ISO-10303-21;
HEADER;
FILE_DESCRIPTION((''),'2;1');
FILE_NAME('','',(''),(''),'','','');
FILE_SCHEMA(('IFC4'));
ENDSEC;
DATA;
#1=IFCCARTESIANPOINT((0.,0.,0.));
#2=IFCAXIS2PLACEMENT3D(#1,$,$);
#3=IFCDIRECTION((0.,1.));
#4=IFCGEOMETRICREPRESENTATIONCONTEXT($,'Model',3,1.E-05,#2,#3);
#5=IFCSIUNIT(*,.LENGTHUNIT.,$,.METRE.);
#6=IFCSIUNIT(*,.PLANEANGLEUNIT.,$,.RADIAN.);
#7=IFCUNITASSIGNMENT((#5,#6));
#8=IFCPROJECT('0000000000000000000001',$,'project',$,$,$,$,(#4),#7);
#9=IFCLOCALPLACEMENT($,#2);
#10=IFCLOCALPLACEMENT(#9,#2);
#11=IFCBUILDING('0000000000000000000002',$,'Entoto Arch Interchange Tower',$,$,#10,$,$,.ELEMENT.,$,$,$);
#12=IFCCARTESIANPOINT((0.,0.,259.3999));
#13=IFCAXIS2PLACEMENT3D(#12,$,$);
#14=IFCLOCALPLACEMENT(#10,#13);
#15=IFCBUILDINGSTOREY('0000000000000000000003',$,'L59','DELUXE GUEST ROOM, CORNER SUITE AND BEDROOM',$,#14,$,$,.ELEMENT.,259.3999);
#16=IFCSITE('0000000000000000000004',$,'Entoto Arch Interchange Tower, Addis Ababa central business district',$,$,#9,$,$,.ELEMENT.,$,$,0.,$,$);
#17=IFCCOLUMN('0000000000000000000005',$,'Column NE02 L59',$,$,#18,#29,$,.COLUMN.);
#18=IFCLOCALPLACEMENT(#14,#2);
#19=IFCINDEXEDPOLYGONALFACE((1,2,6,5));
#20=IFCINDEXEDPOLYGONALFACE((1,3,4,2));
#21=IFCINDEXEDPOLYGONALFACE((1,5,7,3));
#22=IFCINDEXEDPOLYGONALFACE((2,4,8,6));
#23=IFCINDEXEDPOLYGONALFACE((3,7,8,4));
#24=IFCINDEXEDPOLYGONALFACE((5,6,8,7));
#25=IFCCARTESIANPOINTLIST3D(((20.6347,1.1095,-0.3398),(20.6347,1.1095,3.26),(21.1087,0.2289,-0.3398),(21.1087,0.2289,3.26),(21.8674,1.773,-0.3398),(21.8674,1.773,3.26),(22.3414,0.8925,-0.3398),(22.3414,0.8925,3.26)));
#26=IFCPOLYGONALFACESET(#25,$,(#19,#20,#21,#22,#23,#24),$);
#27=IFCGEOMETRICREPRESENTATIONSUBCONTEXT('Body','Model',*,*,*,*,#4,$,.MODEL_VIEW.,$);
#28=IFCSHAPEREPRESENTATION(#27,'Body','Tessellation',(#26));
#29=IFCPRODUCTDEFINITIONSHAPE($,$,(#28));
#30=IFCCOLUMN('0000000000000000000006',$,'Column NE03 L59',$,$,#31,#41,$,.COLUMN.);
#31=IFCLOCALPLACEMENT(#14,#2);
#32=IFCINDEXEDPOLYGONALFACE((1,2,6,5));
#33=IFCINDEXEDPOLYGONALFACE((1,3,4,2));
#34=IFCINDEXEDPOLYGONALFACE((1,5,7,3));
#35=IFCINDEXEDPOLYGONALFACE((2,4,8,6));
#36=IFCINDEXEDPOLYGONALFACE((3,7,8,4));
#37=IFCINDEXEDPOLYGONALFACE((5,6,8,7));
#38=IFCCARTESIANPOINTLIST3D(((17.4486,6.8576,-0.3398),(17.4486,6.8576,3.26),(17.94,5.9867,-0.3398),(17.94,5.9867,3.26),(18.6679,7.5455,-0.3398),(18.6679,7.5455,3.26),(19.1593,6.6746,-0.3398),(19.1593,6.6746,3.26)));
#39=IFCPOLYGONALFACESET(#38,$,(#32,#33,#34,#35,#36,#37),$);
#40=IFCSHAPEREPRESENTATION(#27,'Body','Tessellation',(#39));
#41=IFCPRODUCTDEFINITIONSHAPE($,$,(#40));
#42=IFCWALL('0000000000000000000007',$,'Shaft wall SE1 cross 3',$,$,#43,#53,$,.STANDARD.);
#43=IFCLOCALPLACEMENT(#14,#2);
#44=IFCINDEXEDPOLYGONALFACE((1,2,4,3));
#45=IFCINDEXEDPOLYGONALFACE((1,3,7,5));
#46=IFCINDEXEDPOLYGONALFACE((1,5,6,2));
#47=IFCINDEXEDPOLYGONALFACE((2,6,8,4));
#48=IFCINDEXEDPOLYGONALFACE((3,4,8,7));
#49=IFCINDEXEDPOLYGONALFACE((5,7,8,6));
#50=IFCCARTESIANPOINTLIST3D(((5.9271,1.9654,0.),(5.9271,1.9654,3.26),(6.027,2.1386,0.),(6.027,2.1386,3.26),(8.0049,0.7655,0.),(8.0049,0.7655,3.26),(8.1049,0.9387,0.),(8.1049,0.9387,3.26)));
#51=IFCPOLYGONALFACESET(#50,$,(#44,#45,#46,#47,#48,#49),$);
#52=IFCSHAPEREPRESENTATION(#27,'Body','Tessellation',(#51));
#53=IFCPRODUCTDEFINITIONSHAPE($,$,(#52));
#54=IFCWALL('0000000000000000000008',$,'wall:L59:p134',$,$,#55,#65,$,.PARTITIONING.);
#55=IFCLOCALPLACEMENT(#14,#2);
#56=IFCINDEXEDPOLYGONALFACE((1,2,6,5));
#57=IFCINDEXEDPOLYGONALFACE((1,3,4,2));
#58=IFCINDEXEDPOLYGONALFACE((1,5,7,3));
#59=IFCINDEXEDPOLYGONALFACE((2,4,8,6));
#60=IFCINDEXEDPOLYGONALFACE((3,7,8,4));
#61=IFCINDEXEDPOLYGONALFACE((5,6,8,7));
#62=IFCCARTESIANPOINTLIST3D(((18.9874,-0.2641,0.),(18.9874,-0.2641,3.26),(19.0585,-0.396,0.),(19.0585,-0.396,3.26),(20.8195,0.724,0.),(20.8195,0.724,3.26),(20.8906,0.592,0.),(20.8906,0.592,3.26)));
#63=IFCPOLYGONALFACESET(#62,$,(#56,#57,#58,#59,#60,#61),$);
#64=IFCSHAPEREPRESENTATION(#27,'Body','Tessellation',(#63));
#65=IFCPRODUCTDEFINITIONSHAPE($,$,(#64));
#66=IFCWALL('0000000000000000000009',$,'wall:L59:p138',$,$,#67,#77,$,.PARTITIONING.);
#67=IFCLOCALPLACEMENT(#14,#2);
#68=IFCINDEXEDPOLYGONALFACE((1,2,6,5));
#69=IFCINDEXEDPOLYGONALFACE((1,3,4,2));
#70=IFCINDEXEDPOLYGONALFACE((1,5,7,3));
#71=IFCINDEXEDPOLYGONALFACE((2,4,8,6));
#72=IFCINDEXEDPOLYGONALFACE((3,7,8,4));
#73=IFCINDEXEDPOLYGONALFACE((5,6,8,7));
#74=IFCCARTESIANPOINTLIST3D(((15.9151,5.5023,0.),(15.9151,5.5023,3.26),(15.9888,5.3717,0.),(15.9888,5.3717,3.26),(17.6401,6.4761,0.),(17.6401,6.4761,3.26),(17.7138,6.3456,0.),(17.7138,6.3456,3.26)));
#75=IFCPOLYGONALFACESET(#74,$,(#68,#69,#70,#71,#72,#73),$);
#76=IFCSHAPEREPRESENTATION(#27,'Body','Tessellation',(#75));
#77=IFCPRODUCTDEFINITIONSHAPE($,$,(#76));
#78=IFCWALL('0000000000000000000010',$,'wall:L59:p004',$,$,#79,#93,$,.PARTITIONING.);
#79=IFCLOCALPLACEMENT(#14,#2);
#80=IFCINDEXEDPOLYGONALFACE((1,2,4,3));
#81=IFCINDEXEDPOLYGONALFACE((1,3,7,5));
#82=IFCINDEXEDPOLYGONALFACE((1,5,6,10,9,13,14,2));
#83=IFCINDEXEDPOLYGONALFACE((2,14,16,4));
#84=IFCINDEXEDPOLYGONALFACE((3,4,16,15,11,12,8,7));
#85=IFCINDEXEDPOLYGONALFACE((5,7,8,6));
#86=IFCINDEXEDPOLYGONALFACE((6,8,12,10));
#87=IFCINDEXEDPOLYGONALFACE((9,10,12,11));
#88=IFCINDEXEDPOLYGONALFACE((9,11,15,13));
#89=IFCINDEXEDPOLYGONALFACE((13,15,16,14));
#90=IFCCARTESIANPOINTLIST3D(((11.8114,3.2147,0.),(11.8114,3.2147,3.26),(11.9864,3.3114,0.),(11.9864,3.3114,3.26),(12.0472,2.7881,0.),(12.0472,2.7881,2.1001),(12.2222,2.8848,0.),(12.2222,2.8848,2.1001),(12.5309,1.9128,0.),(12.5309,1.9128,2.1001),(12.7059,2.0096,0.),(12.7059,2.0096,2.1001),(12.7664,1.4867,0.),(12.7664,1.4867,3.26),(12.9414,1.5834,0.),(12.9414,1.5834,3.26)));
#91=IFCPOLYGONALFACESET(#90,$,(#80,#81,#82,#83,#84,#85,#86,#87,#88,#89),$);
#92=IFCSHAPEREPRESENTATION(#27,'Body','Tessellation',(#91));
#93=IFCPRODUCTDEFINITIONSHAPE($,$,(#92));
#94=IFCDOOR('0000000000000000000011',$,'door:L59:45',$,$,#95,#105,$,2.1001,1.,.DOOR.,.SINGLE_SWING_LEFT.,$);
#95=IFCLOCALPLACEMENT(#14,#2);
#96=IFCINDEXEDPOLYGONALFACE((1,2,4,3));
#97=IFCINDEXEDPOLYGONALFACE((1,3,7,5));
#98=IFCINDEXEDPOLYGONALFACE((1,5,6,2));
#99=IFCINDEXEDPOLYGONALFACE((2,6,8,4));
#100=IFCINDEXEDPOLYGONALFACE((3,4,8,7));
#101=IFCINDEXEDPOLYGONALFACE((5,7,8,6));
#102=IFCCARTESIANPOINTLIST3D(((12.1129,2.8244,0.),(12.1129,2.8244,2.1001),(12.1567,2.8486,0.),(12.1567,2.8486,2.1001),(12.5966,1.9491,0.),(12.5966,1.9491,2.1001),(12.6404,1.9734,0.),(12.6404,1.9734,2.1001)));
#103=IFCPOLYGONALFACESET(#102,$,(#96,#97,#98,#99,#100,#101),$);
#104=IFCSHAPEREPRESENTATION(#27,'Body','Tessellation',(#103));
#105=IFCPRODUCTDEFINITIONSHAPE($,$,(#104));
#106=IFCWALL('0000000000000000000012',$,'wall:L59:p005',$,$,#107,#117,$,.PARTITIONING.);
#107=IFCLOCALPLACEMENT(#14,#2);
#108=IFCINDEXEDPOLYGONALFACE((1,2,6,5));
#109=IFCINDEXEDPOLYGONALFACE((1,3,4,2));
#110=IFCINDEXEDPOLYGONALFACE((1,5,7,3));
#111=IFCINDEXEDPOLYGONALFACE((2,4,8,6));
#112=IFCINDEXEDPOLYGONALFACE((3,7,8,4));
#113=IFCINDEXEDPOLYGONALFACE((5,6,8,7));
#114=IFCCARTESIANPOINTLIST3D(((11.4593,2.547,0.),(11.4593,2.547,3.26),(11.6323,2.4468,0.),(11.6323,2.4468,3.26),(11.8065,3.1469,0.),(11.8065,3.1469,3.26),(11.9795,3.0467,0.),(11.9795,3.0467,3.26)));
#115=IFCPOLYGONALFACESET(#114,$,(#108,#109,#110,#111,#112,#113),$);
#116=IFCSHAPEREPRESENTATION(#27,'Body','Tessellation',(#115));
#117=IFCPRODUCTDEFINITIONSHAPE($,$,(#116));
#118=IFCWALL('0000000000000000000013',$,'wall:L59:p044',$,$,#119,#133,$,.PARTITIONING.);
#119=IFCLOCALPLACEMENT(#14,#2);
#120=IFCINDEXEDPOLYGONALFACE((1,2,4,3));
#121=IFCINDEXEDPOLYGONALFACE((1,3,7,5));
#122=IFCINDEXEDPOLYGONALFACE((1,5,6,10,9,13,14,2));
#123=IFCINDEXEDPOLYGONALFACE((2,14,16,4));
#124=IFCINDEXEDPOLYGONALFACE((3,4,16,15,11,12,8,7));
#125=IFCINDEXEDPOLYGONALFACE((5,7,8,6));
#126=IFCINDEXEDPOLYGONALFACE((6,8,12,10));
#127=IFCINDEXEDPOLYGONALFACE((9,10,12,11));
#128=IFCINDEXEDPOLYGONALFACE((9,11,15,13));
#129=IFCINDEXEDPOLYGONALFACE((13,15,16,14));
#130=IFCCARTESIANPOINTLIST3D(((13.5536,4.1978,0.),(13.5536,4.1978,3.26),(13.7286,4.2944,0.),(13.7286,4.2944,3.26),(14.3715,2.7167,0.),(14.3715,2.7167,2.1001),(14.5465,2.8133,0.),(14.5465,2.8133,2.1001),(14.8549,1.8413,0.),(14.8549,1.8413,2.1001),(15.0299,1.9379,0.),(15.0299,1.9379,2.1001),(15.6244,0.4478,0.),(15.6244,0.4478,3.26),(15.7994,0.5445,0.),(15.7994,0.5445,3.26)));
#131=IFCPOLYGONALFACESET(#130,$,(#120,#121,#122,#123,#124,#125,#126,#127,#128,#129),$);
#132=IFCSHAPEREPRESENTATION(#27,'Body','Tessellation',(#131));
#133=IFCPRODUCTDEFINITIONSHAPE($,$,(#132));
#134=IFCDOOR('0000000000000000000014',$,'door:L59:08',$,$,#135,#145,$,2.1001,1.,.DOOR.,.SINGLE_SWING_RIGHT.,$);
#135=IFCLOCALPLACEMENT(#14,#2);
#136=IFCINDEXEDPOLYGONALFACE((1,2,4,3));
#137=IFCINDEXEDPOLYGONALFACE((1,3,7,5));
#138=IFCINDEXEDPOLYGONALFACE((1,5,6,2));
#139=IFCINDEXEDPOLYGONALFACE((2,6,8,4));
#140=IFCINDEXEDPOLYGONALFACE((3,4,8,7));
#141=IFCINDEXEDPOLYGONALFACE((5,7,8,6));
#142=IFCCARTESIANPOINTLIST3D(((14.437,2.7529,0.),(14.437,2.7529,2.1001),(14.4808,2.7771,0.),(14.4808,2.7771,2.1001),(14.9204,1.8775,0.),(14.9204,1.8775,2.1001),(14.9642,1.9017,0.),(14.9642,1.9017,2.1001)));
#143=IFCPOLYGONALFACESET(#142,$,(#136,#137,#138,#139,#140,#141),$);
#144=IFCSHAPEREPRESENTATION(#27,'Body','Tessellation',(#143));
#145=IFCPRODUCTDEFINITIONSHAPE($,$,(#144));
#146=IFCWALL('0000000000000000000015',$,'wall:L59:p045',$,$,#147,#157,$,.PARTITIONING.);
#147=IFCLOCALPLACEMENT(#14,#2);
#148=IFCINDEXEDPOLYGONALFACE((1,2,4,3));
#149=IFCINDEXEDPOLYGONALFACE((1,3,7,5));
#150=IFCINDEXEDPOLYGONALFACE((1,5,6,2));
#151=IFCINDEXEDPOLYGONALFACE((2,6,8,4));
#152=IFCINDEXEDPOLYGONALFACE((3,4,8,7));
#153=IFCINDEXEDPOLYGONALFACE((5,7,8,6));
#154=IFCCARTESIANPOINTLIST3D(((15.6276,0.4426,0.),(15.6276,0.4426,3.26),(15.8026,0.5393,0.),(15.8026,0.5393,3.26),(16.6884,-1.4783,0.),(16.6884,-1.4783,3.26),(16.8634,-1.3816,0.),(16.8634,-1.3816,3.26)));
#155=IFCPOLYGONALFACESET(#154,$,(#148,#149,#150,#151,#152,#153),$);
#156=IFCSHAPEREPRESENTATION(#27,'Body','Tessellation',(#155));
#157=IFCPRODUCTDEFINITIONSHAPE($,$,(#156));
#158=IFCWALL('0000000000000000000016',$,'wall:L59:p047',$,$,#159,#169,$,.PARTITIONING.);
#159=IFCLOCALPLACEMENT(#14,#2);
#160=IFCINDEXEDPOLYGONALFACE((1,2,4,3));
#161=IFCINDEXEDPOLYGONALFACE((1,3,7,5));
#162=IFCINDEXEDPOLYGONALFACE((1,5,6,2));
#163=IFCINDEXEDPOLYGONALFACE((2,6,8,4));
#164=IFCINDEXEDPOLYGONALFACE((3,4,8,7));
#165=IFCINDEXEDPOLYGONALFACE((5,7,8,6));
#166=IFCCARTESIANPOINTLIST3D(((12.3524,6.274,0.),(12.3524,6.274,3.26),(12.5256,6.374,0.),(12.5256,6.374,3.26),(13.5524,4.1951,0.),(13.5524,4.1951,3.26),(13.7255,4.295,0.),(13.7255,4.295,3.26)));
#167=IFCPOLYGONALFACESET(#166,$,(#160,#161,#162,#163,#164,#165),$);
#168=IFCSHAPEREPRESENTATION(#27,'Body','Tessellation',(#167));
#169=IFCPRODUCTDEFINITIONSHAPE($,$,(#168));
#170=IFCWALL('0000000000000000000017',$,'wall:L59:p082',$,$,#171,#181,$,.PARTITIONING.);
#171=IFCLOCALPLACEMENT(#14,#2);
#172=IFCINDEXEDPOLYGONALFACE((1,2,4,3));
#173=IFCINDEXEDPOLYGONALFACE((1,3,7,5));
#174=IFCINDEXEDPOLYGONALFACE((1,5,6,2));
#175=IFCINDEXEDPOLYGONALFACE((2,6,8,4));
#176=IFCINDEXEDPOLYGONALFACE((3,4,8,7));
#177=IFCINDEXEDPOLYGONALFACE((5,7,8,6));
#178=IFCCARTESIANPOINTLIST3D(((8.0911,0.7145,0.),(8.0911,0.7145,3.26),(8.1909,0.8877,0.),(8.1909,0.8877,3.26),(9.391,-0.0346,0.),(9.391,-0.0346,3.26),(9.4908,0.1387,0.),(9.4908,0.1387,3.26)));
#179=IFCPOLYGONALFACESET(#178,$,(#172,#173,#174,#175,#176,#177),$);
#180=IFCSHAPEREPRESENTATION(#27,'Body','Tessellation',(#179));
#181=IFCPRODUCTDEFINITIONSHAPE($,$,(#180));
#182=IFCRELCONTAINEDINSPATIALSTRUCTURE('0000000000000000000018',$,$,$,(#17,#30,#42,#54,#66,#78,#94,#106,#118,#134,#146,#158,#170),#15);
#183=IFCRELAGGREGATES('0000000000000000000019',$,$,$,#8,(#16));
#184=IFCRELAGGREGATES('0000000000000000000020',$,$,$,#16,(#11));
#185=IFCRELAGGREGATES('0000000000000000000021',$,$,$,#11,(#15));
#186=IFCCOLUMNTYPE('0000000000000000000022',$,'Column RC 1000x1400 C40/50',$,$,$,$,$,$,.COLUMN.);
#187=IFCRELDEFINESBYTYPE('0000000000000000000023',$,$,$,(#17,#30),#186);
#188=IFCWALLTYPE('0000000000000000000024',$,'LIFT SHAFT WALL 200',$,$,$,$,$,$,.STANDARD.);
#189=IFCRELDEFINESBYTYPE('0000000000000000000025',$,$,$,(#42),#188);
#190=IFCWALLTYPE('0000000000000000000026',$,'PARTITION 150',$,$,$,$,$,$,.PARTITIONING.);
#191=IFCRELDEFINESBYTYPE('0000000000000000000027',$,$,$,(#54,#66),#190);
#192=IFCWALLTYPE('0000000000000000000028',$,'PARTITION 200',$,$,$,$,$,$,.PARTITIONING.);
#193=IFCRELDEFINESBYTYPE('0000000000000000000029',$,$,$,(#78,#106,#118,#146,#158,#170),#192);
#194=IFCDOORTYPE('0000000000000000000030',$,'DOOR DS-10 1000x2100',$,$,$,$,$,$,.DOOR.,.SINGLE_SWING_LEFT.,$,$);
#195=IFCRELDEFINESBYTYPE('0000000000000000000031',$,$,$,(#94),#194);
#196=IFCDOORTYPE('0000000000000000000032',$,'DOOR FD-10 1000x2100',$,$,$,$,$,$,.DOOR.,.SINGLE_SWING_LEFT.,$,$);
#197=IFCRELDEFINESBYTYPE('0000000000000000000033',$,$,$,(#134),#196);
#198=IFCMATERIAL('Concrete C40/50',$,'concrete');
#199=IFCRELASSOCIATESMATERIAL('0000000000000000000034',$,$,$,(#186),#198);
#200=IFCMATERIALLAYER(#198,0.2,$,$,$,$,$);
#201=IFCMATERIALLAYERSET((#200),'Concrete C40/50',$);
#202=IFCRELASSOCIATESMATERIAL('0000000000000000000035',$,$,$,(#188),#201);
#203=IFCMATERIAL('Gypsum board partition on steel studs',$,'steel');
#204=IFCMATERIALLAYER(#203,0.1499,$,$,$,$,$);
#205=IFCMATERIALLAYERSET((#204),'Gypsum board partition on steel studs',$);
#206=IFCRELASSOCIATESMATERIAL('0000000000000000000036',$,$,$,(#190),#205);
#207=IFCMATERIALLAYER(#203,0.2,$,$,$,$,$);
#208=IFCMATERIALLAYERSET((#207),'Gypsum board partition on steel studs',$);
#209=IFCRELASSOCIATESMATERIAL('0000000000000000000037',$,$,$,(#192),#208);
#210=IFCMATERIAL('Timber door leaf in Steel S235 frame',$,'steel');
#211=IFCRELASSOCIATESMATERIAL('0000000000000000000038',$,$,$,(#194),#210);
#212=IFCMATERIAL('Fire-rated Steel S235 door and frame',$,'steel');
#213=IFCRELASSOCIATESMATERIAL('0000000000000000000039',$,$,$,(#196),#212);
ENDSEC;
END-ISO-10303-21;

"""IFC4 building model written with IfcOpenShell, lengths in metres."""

from ifc_helpers import new_model, si_unit, direction, frame, frame_2d, origin, origin_2d, place, context, subcontext, project, spatial, rectangle, extrude, material, layer, layer_set, material_profile, profile_set, type_object, element, fill, save


model = new_model("IFC4")

# Units and contexts
model_context = context("Model", 3, precision=1e-05, world=origin(), true_north=direction((0.0, 1.0)))
body_context = subcontext(model_context, "Body", "Model", "MODEL_VIEW")
ifc_project = project(units=[si_unit("LENGTHUNIT", "METRE"), si_unit("PLANEANGLEUNIT", "RADIAN")], contexts=[model_context])

# Site, building, storey
site_placement = place(None, origin())
site = spatial("IfcSite", under=ifc_project, at=site_placement, Name="Entoto Arch Interchange Tower, Addis Ababa central business district", CompositionType="ELEMENT", RefElevation=0.0)
building_placement = place(site_placement, origin())
building = spatial("IfcBuilding", under=site, at=building_placement, Name="Entoto Arch Interchange Tower", CompositionType="ELEMENT")
storey_placement = place(building_placement, frame((0.0, 0.0, 259.3999)))
storey = spatial("IfcBuildingStorey", under=building, at=storey_placement, Name="L59", Description="DELUXE GUEST ROOM, CORNER SUITE AND BEDROOM", CompositionType="ELEMENT", Elevation=259.3999)

# Columns
ifc_material_1 = material(Name="Concrete C40/50", Category="concrete")
ifc_material_profile = material_profile(ifc_material_1, rectangle(XDim=1.0, YDim=1.3999, at=origin_2d()))
ifc_profile_set = profile_set([ifc_material_profile], Name="Concrete C40/50")
column_type = type_object("IfcColumnType", Name="Column RC 1000x1400 C40/50", PredefinedType="COLUMN", material=ifc_profile_set)
for number, where, z_axis, x_axis, name in (
    (1, (21.488, 1.001, -0.3398), (0.0, 0.0, 1.0), (-0.473981, 0.880535, 0.0), "Column NE02 L59"),
    (2, (18.304, 6.7661, -0.3398), (0.0, 0.0, 1.0), (-0.491375, 0.870948, 0.0), "Column NE03 L59"),
):
    element("IfcColumn", number, at=place(storey_placement, frame(where, z_axis=z_axis, x_axis=x_axis)), inside=storey, type_object=column_type, Name=name, PredefinedType="COLUMN", context=body_context, shape_type="SweptSolid", body=[
        extrude(rectangle(XDim=1.0, YDim=1.3999, at=origin_2d()), origin(), (0.0, 0.0, 1.0), 3.5999),
    ])

# Walls
ifc_layer_1 = layer(ifc_material_1, 0.2)
ifc_layer_set_1 = layer_set([ifc_layer_1], Name="Concrete C40/50")
wall_type_1 = type_object("IfcWallType", Name="LIFT SHAFT WALL 200", PredefinedType="STANDARD", material=ifc_layer_set_1)
wall_1_placement = place(storey_placement, frame((5.9771, 2.052, 0.0), z_axis=(0.0, 0.0, 1.0), x_axis=(0.865974, -0.500089, 0.0)))
element("IfcWall", 3, at=wall_1_placement, inside=storey, type_object=wall_type_1, Name="Shaft wall SE1 cross 3", PredefinedType="STANDARD", context=body_context, shape_type="SweptSolid", body=[
    extrude(rectangle(XDim=2.3994, YDim=0.2, at=frame_2d((1.1997, 0.0))), origin(), (0.0, 0.0, 1.0), 3.26),
])
ifc_material_2 = material(Name="Gypsum board partition on steel studs", Category="steel")
ifc_layer_2 = layer(ifc_material_2, 0.1499)
ifc_layer_set_2 = layer_set([ifc_layer_2], Name="Gypsum board partition on steel studs")
wall_type_2 = type_object("IfcWallType", Name="PARTITION 150", PredefinedType="PARTITIONING", material=ifc_layer_set_2)
wall_2_placement = place(storey_placement, frame((19.0229, -0.3301, 0.0), z_axis=(0.0, 0.0, 1.0), x_axis=(0.880158, 0.47468, 0.0)))
element("IfcWall", 4, at=wall_2_placement, inside=storey, type_object=wall_type_2, Name="wall:L59:p134", PredefinedType="PARTITIONING", context=body_context, shape_type="SweptSolid", body=[
    extrude(rectangle(XDim=2.0815, YDim=0.1499, at=frame_2d((1.0408, 0.0))), origin(), (0.0, 0.0, 1.0), 3.26),
])
wall_3_placement = place(storey_placement, frame((15.9519, 5.437, 0.0), z_axis=(0.0, 0.0, 1.0), x_axis=(0.870818, 0.491606, 0.0)))
element("IfcWall", 5, at=wall_3_placement, inside=storey, type_object=wall_type_2, Name="wall:L59:p138", PredefinedType="PARTITIONING", context=body_context, shape_type="SweptSolid", body=[
    extrude(rectangle(XDim=1.981, YDim=0.1499, at=frame_2d((0.9905, 0.0))), origin(), (0.0, 0.0, 1.0), 3.26),
])

# Wall, opening, door
ifc_layer_3 = layer(ifc_material_2, 0.2)
ifc_layer_set_3 = layer_set([ifc_layer_3], Name="Gypsum board partition on steel studs")
wall_type_3 = type_object("IfcWallType", Name="PARTITION 200", PredefinedType="PARTITIONING", material=ifc_layer_set_3)
wall_4_placement = place(storey_placement, frame((12.854, 1.5349, 0.0), z_axis=(0.0, 0.0, 1.0), x_axis=(-0.483731, 0.875217, 0.0)))
wall_4 = element("IfcWall", 6, at=wall_4_placement, inside=storey, type_object=wall_type_3, Name="wall:L59:p004", PredefinedType="PARTITIONING", context=body_context, shape_type="SweptSolid", body=[
    extrude(rectangle(XDim=1.9744, YDim=0.2, at=frame_2d((0.9873, 0.0))), origin(), (0.0, 0.0, 1.0), 3.26),
])
opening_1_placement = place(wall_4_placement, frame((0.4871, 0.0, 0.0)))
opening_1 = element("IfcOpeningElement", 7, at=opening_1_placement, cuts=wall_4, PredefinedType="OPENING", context=body_context, shape_type="SweptSolid", body=[
    extrude(rectangle(XDim=1.0, YDim=2.1001, at=frame_2d((0.5, 1.05))), frame((0.0, 0.1099, 0.0), z_axis=(0.0, -1.0, 0.0), x_axis=(1.0, 0.0, 0.0)), (0.0, 0.0, 1.0), 0.22),
])
ifc_material_3 = material(Name="Timber door leaf in Steel S235 frame", Category="steel")
door_type_1 = type_object("IfcDoorType", Name="DOOR DS-10 1000x2100", OperationType="SINGLE_SWING_LEFT", PredefinedType="DOOR", material=ifc_material_3)
door_1_placement = place(opening_1_placement, origin())
door_1 = element("IfcDoor", 8, at=door_1_placement, inside=storey, type_object=door_type_1, Name="door:L59:45", OperationType="SINGLE_SWING_LEFT", OverallHeight=2.1001, OverallWidth=1.0, PredefinedType="DOOR", context=body_context, shape_type="SweptSolid", body=[
    extrude(rectangle(XDim=1.0, YDim=2.1001, at=frame_2d((0.5, 1.05))), frame((0.0, 0.0249, 0.0), z_axis=(0.0, -1.0, 0.0), x_axis=(1.0, 0.0, 0.0)), (0.0, 0.0, 1.0), 0.05),
])
fill(opening_1, door_1)

# Wall
wall_5_placement = place(storey_placement, frame((11.8931, 3.0969, 0.0), z_axis=(0.0, 0.0, 1.0), x_axis=(-0.500911, -0.865499, 0.0)))
element("IfcWall", 9, at=wall_5_placement, inside=storey, type_object=wall_type_3, Name="wall:L59:p005", PredefinedType="PARTITIONING", context=body_context, shape_type="SweptSolid", body=[
    extrude(rectangle(XDim=0.6931, YDim=0.2, at=frame_2d((0.3467, 0.0))), origin(), (0.0, 0.0, 1.0), 3.26),
])

# Wall, opening, door
wall_6_placement = place(storey_placement, frame((13.6411, 4.2461, 0.0), z_axis=(0.0, 0.0, 1.0), x_axis=(0.483406, -0.875396, 0.0)))
wall_6 = element("IfcWall", 10, at=wall_6_placement, inside=storey, type_object=wall_type_3, Name="wall:L59:p044", PredefinedType="PARTITIONING", context=body_context, shape_type="SweptSolid", body=[
    extrude(rectangle(XDim=4.2837, YDim=0.2, at=frame_2d((2.1418, 0.0))), origin(), (0.0, 0.0, 1.0), 3.26),
])
opening_2_placement = place(wall_6_placement, frame((1.6919, 0.0, 0.0)))
opening_2 = element("IfcOpeningElement", 11, at=opening_2_placement, cuts=wall_6, PredefinedType="OPENING", context=body_context, shape_type="SweptSolid", body=[
    extrude(rectangle(XDim=1.0, YDim=2.1001, at=frame_2d((0.5, 1.05))), frame((0.0, 0.1099, 0.0), z_axis=(0.0, -1.0, 0.0), x_axis=(1.0, 0.0, 0.0)), (0.0, 0.0, 1.0), 0.22),
])
ifc_material_4 = material(Name="Fire-rated Steel S235 door and frame", Category="steel")
door_type_2 = type_object("IfcDoorType", Name="DOOR FD-10 1000x2100", OperationType="SINGLE_SWING_LEFT", PredefinedType="DOOR", material=ifc_material_4)
door_2_placement = place(opening_2_placement, origin())
door_2 = element("IfcDoor", 12, at=door_2_placement, inside=storey, type_object=door_type_2, Name="door:L59:08", OperationType="SINGLE_SWING_RIGHT", OverallHeight=2.1001, OverallWidth=1.0, PredefinedType="DOOR", context=body_context, shape_type="SweptSolid", body=[
    extrude(rectangle(XDim=1.0, YDim=2.1001, at=frame_2d((0.5, 1.05))), frame((0.0, 0.0249, 0.0), z_axis=(0.0, -1.0, 0.0), x_axis=(1.0, 0.0, 0.0)), (0.0, 0.0, 1.0), 0.05),
])
fill(opening_2, door_2)

# Walls
wall_7_placement = place(storey_placement, frame((15.7151, 0.491, 0.0), z_axis=(0.0, 0.0, 1.0), x_axis=(0.483421, -0.875388, 0.0)))
element("IfcWall", 13, at=wall_7_placement, inside=storey, type_object=wall_type_3, Name="wall:L59:p045", PredefinedType="PARTITIONING", context=body_context, shape_type="SweptSolid", body=[
    extrude(rectangle(XDim=2.1943, YDim=0.2, at=frame_2d((1.0972, 0.0))), origin(), (0.0, 0.0, 1.0), 3.26),
])
wall_8_placement = place(storey_placement, frame((12.439, 6.324, 0.0), z_axis=(0.0, 0.0, 1.0), x_axis=(0.499913, -0.866075, 0.0)))
element("IfcWall", 14, at=wall_8_placement, inside=storey, type_object=wall_type_3, Name="wall:L59:p047", PredefinedType="PARTITIONING", context=body_context, shape_type="SweptSolid", body=[
    extrude(rectangle(XDim=2.4004, YDim=0.2, at=frame_2d((1.2002, 0.0))), origin(), (0.0, 0.0, 1.0), 3.26),
])
wall_9_placement = place(storey_placement, frame((8.1411, 0.801, 0.0), z_axis=(0.0, 0.0, 1.0), x_axis=(0.866435, -0.49929, 0.0)))
element("IfcWall", 15, at=wall_9_placement, inside=storey, type_object=wall_type_3, Name="wall:L59:p082", PredefinedType="PARTITIONING", context=body_context, shape_type="SweptSolid", body=[
    extrude(rectangle(XDim=1.5002, YDim=0.2, at=frame_2d((0.75, 0.0))), origin(), (0.0, 0.0, 1.0), 3.26),
])

save(model, "model.ifc")
